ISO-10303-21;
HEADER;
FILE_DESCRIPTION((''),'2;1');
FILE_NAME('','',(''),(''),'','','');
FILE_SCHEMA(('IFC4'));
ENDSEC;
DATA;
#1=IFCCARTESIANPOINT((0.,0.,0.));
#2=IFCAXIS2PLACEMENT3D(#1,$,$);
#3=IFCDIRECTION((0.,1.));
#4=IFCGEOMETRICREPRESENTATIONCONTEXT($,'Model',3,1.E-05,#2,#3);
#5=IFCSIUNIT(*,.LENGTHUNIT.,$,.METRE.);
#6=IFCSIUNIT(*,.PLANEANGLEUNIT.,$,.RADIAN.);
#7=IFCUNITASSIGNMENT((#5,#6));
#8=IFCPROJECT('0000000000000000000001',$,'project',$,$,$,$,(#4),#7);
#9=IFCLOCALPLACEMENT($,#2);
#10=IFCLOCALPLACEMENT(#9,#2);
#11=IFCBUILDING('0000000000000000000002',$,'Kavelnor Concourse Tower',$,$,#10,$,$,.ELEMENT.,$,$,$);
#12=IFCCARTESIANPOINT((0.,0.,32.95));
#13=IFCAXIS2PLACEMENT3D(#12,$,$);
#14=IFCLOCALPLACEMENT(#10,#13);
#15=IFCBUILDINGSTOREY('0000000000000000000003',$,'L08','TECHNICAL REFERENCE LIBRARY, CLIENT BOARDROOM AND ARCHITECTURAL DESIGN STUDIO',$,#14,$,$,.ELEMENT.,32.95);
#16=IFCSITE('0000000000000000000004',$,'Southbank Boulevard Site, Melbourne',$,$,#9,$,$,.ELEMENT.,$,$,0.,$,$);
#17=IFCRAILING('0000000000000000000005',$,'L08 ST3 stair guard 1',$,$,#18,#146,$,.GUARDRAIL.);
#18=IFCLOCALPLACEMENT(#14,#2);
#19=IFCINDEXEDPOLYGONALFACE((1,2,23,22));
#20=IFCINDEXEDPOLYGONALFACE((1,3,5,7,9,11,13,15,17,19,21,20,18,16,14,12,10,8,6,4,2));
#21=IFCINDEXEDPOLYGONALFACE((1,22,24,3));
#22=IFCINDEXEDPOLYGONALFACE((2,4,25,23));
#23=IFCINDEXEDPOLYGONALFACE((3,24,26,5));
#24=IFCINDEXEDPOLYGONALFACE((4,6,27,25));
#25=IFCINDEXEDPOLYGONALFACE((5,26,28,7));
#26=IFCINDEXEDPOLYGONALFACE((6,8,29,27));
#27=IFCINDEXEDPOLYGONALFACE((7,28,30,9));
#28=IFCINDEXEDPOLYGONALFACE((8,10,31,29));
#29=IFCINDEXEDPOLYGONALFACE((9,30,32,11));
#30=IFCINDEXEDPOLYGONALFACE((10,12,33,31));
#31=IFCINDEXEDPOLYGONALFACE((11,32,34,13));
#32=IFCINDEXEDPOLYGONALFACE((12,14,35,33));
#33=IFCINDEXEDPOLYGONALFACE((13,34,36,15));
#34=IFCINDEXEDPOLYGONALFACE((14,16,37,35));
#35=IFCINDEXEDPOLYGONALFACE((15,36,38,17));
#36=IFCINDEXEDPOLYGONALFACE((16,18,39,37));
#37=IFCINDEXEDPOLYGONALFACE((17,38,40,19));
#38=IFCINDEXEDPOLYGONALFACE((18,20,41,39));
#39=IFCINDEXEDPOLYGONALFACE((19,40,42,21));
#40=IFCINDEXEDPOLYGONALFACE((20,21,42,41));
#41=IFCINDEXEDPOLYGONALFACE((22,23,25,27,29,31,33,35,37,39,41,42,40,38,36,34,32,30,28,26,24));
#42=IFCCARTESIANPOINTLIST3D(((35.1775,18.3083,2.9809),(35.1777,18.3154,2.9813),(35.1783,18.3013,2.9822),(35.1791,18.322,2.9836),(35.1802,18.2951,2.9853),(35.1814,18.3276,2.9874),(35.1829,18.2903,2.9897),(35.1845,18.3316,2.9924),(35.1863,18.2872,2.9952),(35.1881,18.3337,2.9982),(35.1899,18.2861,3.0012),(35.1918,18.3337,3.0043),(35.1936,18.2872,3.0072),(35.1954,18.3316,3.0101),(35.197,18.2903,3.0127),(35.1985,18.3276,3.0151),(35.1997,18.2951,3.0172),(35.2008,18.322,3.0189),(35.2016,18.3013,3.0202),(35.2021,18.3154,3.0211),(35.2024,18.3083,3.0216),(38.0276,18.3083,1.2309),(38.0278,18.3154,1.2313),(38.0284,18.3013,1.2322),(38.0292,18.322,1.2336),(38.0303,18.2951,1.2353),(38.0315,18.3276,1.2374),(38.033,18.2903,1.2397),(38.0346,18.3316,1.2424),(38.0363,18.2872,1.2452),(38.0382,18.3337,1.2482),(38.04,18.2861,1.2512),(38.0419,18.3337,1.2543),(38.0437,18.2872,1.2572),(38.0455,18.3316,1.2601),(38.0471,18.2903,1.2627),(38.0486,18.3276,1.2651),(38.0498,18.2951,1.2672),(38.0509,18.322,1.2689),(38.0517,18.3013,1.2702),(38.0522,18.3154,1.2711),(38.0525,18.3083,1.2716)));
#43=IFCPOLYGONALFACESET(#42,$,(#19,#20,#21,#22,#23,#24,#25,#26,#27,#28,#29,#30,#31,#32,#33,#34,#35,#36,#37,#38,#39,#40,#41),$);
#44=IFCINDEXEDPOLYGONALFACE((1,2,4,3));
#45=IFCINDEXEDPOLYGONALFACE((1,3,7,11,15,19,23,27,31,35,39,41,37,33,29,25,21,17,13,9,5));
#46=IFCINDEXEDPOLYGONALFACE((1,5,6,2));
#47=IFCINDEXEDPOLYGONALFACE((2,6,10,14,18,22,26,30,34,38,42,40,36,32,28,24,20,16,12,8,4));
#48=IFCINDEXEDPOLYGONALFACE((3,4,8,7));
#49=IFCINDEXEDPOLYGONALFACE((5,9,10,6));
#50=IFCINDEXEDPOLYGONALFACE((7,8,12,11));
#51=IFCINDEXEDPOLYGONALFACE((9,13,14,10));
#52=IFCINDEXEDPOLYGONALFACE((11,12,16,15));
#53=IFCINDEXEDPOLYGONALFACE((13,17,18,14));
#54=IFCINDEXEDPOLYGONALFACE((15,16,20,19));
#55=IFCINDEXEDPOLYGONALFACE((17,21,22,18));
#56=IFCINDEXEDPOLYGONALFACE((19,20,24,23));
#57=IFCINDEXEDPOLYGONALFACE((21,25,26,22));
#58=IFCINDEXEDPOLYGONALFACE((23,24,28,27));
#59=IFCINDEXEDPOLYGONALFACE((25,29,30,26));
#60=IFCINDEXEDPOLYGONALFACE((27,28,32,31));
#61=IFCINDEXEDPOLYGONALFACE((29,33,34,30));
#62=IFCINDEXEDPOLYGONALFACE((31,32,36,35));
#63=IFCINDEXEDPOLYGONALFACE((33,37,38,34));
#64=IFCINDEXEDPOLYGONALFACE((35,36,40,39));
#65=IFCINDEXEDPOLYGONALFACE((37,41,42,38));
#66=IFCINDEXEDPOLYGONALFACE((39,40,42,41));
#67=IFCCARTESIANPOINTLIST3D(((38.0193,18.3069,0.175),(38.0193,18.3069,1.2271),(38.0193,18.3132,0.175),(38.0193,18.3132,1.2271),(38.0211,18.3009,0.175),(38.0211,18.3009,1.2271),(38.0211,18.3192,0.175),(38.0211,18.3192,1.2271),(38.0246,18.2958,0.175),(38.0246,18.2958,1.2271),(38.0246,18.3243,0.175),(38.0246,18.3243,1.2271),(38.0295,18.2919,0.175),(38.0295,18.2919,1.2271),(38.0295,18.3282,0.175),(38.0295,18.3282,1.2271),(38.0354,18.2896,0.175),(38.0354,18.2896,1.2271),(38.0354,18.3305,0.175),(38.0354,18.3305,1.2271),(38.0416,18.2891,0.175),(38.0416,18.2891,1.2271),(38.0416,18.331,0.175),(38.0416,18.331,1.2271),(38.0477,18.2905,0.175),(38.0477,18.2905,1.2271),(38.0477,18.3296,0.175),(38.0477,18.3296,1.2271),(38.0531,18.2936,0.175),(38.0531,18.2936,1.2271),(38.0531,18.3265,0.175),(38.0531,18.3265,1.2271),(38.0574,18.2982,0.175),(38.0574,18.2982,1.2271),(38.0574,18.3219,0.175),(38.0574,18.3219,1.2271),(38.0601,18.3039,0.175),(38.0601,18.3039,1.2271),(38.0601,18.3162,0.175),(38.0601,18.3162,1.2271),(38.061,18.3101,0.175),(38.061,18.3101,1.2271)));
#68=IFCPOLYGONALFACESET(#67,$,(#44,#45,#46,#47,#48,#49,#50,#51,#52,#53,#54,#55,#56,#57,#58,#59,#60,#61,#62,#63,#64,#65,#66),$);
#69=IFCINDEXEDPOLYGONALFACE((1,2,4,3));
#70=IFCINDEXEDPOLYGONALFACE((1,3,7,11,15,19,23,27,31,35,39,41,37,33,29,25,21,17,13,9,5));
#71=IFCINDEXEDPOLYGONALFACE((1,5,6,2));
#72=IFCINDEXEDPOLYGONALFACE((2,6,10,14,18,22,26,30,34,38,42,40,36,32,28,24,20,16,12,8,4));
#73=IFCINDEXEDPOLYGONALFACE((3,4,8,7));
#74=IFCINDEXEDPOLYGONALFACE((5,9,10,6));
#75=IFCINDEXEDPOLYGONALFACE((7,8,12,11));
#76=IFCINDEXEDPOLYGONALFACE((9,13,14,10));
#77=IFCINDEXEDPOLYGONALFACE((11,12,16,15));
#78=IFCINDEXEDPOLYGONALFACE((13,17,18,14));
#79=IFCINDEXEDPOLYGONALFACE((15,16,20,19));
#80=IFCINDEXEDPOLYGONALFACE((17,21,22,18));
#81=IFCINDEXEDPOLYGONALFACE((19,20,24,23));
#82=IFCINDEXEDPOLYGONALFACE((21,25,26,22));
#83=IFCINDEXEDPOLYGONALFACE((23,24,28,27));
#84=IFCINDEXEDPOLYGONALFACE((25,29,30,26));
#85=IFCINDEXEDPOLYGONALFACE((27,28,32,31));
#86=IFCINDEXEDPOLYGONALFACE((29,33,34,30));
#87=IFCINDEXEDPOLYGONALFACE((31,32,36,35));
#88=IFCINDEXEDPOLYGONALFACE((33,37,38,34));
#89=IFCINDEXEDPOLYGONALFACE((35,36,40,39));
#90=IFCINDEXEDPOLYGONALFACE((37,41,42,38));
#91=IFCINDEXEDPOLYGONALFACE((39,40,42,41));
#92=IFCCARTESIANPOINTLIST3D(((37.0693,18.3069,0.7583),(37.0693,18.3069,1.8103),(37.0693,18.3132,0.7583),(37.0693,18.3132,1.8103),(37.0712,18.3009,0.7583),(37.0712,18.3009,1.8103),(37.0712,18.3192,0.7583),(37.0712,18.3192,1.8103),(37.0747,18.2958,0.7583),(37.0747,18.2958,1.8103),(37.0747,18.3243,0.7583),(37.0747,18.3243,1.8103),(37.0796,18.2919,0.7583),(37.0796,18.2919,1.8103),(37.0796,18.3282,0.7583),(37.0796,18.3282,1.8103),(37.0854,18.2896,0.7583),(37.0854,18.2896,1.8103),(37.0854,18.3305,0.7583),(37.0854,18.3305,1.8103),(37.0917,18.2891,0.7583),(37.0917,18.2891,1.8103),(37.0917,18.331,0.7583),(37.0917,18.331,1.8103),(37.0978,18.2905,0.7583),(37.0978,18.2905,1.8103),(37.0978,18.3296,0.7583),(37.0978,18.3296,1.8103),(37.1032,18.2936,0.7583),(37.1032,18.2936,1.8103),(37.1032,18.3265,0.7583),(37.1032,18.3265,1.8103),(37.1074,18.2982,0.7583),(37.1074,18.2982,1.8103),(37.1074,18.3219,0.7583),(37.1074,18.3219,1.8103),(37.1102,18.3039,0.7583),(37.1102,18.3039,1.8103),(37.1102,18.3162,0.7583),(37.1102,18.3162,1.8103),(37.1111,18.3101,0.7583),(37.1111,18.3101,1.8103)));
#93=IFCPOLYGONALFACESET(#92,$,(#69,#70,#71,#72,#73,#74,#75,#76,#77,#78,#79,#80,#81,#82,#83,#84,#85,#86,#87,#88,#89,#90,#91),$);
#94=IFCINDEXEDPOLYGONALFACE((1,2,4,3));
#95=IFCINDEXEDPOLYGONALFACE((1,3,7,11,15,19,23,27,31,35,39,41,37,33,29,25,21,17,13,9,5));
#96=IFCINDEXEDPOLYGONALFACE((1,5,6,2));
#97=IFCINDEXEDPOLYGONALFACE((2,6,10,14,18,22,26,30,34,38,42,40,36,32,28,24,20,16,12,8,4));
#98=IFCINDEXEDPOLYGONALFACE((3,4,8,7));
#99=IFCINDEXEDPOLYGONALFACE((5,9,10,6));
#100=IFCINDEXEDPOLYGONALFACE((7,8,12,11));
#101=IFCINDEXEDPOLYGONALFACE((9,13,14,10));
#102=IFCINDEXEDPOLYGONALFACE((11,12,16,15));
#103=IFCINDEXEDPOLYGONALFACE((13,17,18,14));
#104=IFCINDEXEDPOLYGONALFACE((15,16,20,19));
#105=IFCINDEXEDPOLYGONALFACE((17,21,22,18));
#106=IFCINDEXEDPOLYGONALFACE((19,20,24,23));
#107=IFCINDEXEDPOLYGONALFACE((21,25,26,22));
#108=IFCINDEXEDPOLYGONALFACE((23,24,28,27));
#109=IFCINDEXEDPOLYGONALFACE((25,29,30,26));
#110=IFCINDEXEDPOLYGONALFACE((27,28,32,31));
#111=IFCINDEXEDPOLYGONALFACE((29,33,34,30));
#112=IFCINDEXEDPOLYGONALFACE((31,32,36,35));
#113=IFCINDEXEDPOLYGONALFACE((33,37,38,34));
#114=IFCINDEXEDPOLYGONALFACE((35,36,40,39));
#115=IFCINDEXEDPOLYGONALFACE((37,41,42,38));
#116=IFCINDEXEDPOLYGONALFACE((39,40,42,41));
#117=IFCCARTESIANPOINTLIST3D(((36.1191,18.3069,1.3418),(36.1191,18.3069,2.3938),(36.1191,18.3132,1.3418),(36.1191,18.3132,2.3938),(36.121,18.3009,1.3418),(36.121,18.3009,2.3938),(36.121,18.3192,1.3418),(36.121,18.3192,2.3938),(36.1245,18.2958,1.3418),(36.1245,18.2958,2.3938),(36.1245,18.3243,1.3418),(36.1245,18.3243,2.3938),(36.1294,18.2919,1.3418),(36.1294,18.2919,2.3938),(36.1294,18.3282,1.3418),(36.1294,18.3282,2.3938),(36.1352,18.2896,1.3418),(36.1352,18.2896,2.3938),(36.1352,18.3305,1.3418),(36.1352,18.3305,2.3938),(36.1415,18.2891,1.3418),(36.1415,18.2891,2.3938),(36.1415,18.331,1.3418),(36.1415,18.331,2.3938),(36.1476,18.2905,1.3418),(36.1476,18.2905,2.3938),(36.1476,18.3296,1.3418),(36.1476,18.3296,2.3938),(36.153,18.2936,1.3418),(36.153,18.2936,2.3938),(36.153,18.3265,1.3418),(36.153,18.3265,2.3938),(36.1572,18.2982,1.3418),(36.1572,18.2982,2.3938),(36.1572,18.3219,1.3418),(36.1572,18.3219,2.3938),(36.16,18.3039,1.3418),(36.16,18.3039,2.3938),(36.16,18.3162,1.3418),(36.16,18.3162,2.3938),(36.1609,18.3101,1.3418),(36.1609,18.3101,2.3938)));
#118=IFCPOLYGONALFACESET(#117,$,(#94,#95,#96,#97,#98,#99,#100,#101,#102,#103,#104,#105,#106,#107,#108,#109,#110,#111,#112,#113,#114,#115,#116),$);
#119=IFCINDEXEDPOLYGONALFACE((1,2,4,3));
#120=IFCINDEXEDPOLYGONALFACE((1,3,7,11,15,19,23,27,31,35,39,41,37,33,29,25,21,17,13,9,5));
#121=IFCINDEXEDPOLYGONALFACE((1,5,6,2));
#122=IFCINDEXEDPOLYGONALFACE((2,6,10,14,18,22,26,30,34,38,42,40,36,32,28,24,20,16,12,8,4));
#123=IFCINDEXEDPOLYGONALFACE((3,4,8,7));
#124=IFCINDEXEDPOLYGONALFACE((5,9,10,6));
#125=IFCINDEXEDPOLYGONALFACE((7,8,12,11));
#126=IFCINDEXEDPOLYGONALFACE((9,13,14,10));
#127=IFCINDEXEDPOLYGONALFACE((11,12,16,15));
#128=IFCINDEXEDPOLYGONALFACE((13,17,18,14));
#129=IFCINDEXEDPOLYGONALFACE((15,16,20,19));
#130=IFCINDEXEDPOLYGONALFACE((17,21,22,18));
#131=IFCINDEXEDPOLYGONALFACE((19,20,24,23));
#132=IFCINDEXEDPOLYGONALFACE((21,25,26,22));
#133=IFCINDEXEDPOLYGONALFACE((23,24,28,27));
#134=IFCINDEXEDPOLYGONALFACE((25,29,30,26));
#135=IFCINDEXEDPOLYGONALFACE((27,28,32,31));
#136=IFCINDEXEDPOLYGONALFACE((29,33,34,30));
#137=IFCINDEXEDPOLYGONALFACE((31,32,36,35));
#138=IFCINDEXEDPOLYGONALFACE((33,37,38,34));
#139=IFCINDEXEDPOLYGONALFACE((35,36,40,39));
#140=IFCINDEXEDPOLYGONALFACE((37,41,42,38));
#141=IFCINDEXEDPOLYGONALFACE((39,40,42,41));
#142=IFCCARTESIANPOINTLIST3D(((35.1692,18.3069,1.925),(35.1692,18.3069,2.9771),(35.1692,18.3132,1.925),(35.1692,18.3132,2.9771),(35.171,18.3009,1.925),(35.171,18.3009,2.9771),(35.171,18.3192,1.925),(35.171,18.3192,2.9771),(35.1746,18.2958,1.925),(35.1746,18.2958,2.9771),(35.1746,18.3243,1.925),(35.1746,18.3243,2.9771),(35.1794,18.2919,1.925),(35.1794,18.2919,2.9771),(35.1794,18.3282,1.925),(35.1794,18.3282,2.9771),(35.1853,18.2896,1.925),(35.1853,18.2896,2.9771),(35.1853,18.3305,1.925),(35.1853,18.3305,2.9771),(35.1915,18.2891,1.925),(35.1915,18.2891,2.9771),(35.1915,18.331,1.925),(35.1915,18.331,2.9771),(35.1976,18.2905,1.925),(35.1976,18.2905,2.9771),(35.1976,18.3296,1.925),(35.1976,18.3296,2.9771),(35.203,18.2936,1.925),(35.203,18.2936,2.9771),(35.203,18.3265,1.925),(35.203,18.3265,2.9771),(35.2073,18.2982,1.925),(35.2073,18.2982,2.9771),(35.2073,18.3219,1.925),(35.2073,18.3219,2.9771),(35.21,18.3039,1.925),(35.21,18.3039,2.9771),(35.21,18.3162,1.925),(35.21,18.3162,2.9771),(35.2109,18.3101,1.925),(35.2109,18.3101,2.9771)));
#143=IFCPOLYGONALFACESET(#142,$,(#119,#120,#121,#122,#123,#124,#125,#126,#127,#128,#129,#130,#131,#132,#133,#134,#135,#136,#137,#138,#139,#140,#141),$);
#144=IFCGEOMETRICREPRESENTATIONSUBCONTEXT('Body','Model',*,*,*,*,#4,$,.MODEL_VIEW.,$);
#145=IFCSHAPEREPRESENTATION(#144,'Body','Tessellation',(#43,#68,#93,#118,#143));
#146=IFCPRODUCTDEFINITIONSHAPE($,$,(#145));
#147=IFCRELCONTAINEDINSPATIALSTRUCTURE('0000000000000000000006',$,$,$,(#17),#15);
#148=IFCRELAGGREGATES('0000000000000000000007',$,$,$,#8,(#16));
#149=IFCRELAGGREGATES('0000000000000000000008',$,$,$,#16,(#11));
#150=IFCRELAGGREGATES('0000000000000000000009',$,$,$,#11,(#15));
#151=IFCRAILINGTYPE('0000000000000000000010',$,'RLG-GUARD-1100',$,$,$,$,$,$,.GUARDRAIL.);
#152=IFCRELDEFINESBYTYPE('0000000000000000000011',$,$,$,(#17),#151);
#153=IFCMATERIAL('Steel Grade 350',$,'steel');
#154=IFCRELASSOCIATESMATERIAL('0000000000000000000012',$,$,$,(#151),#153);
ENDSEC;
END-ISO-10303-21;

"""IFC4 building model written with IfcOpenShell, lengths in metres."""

from ifc_helpers import new_model, si_unit, direction, frame, origin, origin_2d, place, context, subcontext, project, spatial, circle, extrude, material, type_object, element, save


model = new_model("IFC4")

# Units and contexts
model_context = context("Model", 3, precision=1e-05, world=origin(), true_north=direction((0.0, 1.0)))
body_context = subcontext(model_context, "Body", "Model", "MODEL_VIEW")
ifc_project = project(units=[si_unit("LENGTHUNIT", "METRE"), si_unit("PLANEANGLEUNIT", "RADIAN")], contexts=[model_context])

# Site, building, storey
site_placement = place(None, origin())
site = spatial("IfcSite", under=ifc_project, at=site_placement, Name="Southbank Boulevard Site, Melbourne", CompositionType="ELEMENT", RefElevation=0.0)
building_placement = place(site_placement, origin())
building = spatial("IfcBuilding", under=site, at=building_placement, Name="Kavelnor Concourse Tower", CompositionType="ELEMENT")
storey_placement = place(building_placement, frame((0.0, 0.0, 32.95)))
storey = spatial("IfcBuildingStorey", under=building, at=storey_placement, Name="L08", Description="TECHNICAL REFERENCE LIBRARY, CLIENT BOARDROOM AND ARCHITECTURAL DESIGN STUDIO", CompositionType="ELEMENT", Elevation=32.95)

# Shared definitions
ifc_material_1 = material(Name="Steel Grade 350", Category="steel")

# Railing
railing_type_1 = type_object("IfcRailingType", Name="RLG-GUARD-1100", PredefinedType="GUARDRAIL", material=ifc_material_1)
railing_1_placement = place(storey_placement, frame((38.04, 18.3101, 0.175)))
element("IfcRailing", 1, at=railing_1_placement, inside=storey, type_object=railing_type_1, Name="L08 ST3 stair guard 1", PredefinedType="GUARDRAIL", context=body_context, shape_type="SweptSolid", body=[
    extrude(circle(Radius=0.0239, at=origin_2d()), frame((0.0, 0.0, 1.0762), z_axis=(-0.852179, 0.0, 0.52325), x_axis=(0.0, -1.0, 0.0)), (0.0, 0.0, 1.0), 3.3445),
    extrude(circle(Radius=0.021, at=origin_2d()), origin(), (0.0, 0.0, 1.0), 1.052),
    extrude(circle(Radius=0.021, at=origin_2d()), frame((-0.95, 0.0, 0.5833)), (0.0, 0.0, 1.0), 1.052),
    extrude(circle(Radius=0.021, at=origin_2d()), frame((-1.9001, 0.0, 1.1667)), (0.0, 0.0, 1.0), 1.052),
    extrude(circle(Radius=0.021, at=origin_2d()), frame((-2.8501, 0.0, 1.75)), (0.0, 0.0, 1.0), 1.052),
])

save(model, "model.ifc")
